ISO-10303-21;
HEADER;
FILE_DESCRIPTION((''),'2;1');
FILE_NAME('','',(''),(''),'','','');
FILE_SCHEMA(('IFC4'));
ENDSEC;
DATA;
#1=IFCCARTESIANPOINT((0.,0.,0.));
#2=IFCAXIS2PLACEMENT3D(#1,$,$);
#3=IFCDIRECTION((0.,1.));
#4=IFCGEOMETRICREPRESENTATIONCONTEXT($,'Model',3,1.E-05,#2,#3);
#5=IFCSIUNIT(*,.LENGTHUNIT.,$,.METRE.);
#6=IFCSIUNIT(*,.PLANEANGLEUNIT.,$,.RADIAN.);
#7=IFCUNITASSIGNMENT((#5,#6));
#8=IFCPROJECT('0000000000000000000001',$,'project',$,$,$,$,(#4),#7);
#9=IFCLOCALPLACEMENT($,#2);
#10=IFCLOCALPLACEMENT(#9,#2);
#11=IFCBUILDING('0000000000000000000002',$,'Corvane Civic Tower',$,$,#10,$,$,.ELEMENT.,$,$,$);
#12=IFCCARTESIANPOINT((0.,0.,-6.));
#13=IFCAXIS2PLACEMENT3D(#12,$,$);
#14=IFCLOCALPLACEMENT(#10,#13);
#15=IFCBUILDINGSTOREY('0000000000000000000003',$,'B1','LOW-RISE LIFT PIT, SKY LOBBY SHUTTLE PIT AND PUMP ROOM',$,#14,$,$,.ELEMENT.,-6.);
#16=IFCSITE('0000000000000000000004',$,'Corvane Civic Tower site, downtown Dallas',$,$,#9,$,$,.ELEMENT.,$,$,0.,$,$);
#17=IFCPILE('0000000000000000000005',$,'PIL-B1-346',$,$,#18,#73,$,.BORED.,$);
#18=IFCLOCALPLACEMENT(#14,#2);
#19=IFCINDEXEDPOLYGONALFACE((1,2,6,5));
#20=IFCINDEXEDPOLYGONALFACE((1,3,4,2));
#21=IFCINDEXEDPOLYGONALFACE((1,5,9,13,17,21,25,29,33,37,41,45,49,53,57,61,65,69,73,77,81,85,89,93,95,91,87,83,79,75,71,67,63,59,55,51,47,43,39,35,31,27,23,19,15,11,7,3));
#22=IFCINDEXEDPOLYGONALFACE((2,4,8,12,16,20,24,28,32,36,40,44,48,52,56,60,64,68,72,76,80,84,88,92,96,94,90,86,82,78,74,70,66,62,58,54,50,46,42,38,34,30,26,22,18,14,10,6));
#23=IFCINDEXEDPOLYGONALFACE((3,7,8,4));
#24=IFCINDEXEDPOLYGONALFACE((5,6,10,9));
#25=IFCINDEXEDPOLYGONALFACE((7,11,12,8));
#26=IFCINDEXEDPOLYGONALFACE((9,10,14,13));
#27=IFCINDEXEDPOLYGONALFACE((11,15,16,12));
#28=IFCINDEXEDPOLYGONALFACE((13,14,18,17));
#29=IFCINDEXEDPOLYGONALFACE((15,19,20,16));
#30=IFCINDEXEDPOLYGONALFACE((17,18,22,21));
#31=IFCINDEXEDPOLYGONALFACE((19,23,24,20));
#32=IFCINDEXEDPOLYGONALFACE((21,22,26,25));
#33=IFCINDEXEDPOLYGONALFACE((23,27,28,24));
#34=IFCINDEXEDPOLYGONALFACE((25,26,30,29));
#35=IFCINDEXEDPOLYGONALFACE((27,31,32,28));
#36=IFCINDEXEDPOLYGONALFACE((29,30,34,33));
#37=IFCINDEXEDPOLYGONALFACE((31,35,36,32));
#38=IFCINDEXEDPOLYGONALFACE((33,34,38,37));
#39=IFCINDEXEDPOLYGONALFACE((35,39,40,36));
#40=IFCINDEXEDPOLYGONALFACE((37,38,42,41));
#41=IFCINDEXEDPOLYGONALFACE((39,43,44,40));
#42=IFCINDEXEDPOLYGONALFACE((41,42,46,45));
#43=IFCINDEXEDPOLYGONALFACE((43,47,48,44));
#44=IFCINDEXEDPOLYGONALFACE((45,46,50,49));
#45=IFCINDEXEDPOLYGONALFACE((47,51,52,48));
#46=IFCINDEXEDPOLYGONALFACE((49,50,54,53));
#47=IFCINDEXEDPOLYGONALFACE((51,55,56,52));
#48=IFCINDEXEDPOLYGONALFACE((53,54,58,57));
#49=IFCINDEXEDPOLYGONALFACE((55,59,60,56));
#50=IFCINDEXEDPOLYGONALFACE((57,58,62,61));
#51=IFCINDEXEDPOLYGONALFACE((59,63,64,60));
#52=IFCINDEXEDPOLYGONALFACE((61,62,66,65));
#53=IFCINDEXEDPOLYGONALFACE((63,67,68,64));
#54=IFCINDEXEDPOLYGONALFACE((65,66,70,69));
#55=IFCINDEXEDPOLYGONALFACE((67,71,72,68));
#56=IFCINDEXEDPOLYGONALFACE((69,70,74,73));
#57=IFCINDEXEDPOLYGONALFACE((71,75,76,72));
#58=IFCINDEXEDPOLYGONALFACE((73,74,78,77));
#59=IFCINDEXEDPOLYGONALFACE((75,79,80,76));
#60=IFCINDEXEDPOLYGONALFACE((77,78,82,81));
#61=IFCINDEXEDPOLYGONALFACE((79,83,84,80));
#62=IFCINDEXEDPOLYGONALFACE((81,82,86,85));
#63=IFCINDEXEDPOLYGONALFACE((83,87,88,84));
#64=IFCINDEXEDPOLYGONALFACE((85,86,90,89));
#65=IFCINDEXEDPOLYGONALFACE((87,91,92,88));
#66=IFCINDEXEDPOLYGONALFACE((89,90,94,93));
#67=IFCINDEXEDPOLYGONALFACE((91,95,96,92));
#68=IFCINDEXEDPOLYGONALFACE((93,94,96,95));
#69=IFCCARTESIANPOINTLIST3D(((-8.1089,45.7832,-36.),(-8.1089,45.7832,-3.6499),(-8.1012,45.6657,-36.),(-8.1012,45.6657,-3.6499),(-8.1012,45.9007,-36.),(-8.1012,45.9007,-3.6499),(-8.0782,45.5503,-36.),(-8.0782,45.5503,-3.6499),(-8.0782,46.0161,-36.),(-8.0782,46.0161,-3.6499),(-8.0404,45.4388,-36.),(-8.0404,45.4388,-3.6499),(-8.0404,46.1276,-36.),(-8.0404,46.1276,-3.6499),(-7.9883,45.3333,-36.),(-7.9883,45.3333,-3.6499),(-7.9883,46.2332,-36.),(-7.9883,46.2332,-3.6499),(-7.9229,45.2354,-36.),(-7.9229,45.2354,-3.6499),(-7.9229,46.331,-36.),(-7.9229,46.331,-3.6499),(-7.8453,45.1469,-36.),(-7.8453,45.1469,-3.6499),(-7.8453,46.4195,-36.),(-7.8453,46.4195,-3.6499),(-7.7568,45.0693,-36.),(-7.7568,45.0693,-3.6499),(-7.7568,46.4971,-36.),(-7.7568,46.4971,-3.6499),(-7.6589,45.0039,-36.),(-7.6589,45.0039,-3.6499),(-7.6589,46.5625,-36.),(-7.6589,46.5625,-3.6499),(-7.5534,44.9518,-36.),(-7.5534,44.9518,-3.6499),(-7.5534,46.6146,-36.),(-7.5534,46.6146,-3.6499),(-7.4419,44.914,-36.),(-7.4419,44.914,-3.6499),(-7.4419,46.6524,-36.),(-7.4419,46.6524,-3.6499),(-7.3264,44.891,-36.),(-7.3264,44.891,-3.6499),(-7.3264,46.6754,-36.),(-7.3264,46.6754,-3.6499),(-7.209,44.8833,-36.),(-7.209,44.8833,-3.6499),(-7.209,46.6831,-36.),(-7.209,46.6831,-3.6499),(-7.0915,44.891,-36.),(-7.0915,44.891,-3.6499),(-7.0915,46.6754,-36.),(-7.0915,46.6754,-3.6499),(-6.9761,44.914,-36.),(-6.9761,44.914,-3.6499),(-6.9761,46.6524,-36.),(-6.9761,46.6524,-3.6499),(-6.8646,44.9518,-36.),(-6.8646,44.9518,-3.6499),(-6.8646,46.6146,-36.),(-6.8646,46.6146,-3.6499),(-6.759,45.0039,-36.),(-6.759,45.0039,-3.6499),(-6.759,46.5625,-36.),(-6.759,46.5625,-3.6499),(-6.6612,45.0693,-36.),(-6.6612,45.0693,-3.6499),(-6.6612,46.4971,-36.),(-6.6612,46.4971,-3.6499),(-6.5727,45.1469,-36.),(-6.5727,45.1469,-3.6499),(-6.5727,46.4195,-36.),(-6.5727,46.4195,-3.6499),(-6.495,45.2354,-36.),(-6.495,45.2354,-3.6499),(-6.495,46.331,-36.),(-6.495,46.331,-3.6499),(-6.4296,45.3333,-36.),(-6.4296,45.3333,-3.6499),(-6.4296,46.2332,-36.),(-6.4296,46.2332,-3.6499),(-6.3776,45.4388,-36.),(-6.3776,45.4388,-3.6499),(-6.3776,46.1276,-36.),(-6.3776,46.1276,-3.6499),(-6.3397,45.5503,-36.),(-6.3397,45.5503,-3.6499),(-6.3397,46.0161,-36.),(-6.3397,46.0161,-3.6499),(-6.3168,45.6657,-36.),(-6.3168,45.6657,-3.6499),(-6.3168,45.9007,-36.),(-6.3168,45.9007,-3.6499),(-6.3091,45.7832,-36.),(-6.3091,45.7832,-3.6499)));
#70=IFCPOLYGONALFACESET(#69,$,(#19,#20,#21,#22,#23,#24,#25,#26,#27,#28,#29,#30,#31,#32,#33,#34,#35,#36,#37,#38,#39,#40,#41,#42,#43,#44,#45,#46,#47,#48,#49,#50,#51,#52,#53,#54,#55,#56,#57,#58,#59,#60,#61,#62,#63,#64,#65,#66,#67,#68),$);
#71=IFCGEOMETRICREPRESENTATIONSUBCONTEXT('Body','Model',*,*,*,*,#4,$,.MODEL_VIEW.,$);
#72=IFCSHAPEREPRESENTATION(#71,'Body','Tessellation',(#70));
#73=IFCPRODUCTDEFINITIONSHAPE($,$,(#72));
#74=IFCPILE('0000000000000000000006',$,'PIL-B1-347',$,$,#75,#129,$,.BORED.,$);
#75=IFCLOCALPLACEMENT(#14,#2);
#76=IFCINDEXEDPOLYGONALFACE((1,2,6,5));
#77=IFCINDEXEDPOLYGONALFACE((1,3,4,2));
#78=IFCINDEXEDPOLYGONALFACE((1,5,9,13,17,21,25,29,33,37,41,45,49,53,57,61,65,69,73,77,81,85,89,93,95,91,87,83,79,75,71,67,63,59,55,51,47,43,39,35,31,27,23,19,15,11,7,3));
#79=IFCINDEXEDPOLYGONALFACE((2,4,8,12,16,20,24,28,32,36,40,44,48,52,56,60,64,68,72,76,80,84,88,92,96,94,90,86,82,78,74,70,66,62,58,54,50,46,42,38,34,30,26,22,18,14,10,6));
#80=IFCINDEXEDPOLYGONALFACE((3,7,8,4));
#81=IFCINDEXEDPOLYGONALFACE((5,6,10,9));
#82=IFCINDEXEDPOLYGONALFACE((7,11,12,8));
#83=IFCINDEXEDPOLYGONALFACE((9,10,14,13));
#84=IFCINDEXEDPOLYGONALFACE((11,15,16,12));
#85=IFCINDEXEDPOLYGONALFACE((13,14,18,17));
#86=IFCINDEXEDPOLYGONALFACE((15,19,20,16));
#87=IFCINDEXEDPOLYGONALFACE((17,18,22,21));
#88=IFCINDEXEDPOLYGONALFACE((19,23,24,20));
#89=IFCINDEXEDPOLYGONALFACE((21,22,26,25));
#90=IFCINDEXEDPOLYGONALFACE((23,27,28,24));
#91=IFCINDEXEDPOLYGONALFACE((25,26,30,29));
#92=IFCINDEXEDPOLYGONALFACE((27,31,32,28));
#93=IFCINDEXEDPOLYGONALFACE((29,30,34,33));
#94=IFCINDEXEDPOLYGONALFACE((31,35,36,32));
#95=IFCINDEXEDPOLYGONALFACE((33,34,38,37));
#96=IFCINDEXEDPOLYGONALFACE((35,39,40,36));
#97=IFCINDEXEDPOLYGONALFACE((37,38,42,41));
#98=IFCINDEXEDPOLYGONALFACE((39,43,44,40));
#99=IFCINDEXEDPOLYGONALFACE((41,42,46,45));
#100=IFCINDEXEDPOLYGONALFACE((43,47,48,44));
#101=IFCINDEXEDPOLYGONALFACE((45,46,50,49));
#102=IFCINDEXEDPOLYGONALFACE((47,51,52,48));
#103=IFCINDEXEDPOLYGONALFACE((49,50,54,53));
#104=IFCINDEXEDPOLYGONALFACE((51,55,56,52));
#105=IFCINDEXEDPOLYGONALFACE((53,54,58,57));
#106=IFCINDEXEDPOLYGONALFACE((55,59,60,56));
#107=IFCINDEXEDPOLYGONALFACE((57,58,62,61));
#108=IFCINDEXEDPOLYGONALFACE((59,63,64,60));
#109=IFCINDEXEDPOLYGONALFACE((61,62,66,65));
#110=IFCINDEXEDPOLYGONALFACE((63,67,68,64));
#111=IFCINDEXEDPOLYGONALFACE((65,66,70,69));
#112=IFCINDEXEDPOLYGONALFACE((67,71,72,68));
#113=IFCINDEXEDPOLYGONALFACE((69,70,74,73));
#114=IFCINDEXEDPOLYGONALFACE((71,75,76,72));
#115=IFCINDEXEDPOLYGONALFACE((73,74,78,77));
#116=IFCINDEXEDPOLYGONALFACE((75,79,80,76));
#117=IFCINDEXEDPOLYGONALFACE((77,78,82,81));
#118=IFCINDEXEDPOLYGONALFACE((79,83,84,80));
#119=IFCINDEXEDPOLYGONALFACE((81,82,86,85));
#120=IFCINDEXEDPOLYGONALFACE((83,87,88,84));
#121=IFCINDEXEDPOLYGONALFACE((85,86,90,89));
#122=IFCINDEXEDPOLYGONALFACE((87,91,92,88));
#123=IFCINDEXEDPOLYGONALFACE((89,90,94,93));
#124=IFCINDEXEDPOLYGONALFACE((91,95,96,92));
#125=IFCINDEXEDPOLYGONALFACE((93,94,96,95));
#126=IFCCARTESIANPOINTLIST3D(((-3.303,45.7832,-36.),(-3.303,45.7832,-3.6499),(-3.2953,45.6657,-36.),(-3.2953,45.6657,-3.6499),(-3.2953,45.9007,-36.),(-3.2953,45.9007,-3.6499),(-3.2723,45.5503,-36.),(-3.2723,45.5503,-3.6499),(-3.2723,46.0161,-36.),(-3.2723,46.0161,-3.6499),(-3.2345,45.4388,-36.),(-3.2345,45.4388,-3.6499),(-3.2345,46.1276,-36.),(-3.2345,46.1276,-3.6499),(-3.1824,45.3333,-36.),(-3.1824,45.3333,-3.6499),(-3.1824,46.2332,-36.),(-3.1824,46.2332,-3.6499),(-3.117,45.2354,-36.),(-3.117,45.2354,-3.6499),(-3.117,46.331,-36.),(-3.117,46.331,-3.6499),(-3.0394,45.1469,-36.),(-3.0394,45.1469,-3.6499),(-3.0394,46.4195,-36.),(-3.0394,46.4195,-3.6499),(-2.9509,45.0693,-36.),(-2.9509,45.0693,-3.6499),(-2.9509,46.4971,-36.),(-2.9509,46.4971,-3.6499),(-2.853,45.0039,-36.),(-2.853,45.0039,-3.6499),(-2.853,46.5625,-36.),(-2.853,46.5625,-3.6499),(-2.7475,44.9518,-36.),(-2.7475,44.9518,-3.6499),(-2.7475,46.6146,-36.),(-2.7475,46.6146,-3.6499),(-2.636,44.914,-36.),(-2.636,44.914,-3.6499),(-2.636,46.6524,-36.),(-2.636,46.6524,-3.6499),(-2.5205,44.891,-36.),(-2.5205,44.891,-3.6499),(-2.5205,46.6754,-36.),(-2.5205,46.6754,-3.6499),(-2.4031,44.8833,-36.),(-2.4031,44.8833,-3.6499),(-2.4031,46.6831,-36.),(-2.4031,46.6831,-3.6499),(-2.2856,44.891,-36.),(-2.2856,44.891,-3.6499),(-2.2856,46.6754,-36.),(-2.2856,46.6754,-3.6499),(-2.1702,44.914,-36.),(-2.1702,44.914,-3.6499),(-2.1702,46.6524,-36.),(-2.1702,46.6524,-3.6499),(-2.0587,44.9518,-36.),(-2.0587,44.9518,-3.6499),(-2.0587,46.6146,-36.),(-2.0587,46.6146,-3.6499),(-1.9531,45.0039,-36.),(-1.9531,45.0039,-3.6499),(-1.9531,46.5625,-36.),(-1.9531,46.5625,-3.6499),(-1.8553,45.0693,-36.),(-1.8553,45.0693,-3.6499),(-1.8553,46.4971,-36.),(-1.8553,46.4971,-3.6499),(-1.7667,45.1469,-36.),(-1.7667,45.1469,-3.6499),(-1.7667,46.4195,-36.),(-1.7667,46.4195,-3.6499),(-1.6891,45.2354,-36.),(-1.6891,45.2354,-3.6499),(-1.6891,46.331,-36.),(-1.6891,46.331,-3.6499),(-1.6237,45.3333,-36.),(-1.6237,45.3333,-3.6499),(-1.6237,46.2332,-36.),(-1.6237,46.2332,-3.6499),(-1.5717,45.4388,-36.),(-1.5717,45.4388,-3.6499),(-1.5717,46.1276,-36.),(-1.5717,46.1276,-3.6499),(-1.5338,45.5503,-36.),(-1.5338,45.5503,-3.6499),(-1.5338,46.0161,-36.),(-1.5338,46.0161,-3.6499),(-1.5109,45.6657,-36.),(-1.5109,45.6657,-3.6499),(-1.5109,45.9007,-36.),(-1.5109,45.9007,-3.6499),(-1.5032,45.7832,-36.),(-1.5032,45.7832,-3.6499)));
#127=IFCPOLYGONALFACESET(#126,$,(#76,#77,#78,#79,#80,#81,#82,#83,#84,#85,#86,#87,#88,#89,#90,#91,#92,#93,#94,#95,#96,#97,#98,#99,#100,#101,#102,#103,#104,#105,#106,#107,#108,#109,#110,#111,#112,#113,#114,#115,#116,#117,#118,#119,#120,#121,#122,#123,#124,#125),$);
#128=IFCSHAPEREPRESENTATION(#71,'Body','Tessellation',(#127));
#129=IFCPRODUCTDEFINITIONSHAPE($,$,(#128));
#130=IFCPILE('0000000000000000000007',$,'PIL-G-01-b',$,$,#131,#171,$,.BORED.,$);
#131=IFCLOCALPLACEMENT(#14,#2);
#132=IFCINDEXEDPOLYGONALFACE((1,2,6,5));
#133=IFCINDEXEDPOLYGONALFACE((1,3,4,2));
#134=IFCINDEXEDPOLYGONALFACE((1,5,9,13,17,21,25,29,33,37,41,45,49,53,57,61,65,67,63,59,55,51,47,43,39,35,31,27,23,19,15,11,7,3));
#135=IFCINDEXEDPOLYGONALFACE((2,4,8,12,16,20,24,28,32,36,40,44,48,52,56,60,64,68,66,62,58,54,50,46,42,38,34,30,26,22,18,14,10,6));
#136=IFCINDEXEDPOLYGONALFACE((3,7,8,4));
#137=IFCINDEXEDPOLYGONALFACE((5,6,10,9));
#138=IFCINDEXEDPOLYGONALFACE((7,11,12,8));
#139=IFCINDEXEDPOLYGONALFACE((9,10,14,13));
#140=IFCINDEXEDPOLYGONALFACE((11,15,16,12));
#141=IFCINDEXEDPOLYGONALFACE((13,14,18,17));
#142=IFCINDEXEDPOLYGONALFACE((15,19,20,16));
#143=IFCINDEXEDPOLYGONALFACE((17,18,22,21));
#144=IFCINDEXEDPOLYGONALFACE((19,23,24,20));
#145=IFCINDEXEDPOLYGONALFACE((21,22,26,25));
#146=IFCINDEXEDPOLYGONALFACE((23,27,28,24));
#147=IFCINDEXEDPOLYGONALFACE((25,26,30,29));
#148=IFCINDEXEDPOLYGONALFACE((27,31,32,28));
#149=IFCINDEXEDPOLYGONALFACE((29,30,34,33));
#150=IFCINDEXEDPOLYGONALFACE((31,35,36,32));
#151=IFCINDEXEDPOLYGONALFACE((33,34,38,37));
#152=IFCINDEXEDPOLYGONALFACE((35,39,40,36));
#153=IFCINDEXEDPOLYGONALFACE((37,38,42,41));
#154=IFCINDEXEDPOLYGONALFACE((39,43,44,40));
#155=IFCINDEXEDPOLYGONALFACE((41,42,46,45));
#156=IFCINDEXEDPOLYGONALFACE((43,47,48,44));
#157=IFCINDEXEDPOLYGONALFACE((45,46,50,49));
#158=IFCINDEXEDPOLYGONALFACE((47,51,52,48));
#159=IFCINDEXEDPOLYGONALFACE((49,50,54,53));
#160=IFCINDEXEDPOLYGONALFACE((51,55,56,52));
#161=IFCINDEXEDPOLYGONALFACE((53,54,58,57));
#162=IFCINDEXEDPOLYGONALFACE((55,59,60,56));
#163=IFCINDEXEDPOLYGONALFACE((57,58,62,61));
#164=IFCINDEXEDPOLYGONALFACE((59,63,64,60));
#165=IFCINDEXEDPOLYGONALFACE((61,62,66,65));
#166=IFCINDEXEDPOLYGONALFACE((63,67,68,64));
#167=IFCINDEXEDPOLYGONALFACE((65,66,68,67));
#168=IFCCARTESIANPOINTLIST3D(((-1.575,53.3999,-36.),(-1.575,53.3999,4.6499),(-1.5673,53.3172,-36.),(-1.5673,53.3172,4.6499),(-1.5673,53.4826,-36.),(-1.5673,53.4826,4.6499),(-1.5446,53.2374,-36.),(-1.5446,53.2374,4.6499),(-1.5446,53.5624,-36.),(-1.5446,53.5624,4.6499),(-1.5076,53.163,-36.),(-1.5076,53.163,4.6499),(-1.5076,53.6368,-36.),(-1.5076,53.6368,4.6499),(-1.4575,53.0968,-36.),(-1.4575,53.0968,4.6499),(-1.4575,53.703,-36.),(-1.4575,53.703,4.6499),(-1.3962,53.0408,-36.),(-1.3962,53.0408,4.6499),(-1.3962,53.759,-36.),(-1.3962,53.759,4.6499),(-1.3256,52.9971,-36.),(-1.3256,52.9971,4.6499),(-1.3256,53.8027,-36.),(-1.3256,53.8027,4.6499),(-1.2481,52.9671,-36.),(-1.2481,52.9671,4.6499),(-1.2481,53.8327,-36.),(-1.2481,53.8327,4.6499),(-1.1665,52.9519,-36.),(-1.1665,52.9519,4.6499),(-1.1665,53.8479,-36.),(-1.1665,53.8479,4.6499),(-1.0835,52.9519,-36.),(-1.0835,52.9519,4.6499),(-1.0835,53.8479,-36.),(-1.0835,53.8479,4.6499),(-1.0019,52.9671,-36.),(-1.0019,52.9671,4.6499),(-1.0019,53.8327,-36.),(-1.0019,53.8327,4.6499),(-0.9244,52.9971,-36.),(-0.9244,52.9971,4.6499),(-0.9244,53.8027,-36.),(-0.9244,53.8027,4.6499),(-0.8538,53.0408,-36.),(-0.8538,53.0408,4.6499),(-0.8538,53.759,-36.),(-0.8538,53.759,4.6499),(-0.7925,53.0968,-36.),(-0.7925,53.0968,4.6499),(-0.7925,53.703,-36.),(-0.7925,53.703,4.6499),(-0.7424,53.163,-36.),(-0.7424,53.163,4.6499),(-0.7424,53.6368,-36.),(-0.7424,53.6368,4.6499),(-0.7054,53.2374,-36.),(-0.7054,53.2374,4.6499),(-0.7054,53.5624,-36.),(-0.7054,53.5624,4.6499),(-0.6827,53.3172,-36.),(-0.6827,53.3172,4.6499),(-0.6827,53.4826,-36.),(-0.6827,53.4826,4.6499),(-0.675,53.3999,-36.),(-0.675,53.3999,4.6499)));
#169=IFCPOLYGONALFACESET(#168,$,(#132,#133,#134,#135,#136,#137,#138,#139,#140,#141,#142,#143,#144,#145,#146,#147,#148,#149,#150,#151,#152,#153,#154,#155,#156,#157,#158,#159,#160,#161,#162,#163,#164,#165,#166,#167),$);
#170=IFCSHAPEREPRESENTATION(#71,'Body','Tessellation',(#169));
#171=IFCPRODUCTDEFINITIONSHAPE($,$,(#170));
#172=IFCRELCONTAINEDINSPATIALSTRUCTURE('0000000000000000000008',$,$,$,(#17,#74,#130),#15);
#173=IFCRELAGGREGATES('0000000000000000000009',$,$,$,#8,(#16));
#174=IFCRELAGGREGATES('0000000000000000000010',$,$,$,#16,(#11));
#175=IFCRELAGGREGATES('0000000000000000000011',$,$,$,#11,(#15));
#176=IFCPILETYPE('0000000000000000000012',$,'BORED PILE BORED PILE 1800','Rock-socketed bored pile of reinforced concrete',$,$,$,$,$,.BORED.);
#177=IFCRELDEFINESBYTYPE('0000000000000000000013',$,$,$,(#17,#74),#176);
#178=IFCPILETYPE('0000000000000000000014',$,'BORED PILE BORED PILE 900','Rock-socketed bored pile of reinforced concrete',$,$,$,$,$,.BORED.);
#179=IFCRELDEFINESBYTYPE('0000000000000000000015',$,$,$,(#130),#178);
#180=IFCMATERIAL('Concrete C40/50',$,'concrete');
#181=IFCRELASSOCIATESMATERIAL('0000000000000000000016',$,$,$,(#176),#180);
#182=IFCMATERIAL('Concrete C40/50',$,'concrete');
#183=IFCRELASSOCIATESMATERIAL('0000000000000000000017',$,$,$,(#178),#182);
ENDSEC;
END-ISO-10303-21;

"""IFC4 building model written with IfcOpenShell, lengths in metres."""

from ifc_helpers import new_model, si_unit, direction, frame, origin, origin_2d, place, context, subcontext, project, spatial, circle, extrude, material, material_profile, profile_set, type_object, element, save


model = new_model("IFC4")

# Units and contexts
model_context = context("Model", 3, precision=1e-05, world=origin(), true_north=direction((0.0, 1.0)))
body_context = subcontext(model_context, "Body", "Model", "MODEL_VIEW")
ifc_project = project(units=[si_unit("LENGTHUNIT", "METRE"), si_unit("PLANEANGLEUNIT", "RADIAN")], contexts=[model_context])

# Site, building, storey
site_placement = place(None, origin())
site = spatial("IfcSite", under=ifc_project, at=site_placement, Name="Corvane Civic Tower site, downtown Dallas", CompositionType="ELEMENT", RefElevation=0.0)
building_placement = place(site_placement, origin())
building = spatial("IfcBuilding", under=site, at=building_placement, Name="Corvane Civic Tower", CompositionType="ELEMENT")
storey_placement = place(building_placement, frame((0.0, 0.0, -6.0)))
storey = spatial("IfcBuildingStorey", under=building, at=storey_placement, Name="B1", Description="LOW-RISE LIFT PIT, SKY LOBBY SHUTTLE PIT AND PUMP ROOM", CompositionType="ELEMENT", Elevation=-6.0)

# Piles
ifc_material_1 = material(Name="Concrete C40/50", Category="concrete")
ifc_material_profile_1 = material_profile(ifc_material_1, circle(Radius=0.8999, at=origin_2d()), Name="BORED PILE 1800")
ifc_profile_set_1 = profile_set([ifc_material_profile_1], Name="Concrete C40/50")
pile_type_1 = type_object("IfcPileType", Name="BORED PILE BORED PILE 1800", Description="Rock-socketed bored pile of reinforced concrete", PredefinedType="BORED", material=ifc_profile_set_1)
for number, where, z_axis, x_axis, name in (
    (1, (-7.209, 45.7832, -3.6499), (0.0, 0.0, -1.0), (1.0, 0.0, 0.0), "PIL-B1-346"),
    (2, (-2.4031, 45.7832, -3.6499), (0.0, 0.0, -1.0), (1.0, 0.0, 0.0), "PIL-B1-347"),
):
    element("IfcPile", number, at=place(storey_placement, frame(where, z_axis=z_axis, x_axis=x_axis)), inside=storey, type_object=pile_type_1, Name=name, PredefinedType="BORED", context=body_context, shape_type="SweptSolid", body=[
        extrude(circle(Radius=0.8999, at=origin_2d()), origin(), (0.0, 0.0, 1.0), 32.3501),
    ])
ifc_material_2 = material(Name="Concrete C40/50", Category="concrete")
ifc_material_profile_2 = material_profile(ifc_material_2, circle(Radius=0.45, at=origin_2d()), Name="BORED PILE 900")
ifc_profile_set_2 = profile_set([ifc_material_profile_2], Name="Concrete C40/50")
pile_type_2 = type_object("IfcPileType", Name="BORED PILE BORED PILE 900", Description="Rock-socketed bored pile of reinforced concrete", PredefinedType="BORED", material=ifc_profile_set_2)
for number, where, z_axis, x_axis, name in (
    (3, (-1.125, 53.3999, 4.6499), (0.0, 0.0, -1.0), (1.0, 0.0, 0.0), "PIL-G-01-b"),
):
    element("IfcPile", number, at=place(storey_placement, frame(where, z_axis=z_axis, x_axis=x_axis)), inside=storey, type_object=pile_type_2, Name=name, PredefinedType="BORED", context=body_context, shape_type="SweptSolid", body=[
        extrude(circle(Radius=0.45, at=origin_2d()), origin(), (0.0, 0.0, 1.0), 40.6499),
    ])

save(model, "model.ifc")
